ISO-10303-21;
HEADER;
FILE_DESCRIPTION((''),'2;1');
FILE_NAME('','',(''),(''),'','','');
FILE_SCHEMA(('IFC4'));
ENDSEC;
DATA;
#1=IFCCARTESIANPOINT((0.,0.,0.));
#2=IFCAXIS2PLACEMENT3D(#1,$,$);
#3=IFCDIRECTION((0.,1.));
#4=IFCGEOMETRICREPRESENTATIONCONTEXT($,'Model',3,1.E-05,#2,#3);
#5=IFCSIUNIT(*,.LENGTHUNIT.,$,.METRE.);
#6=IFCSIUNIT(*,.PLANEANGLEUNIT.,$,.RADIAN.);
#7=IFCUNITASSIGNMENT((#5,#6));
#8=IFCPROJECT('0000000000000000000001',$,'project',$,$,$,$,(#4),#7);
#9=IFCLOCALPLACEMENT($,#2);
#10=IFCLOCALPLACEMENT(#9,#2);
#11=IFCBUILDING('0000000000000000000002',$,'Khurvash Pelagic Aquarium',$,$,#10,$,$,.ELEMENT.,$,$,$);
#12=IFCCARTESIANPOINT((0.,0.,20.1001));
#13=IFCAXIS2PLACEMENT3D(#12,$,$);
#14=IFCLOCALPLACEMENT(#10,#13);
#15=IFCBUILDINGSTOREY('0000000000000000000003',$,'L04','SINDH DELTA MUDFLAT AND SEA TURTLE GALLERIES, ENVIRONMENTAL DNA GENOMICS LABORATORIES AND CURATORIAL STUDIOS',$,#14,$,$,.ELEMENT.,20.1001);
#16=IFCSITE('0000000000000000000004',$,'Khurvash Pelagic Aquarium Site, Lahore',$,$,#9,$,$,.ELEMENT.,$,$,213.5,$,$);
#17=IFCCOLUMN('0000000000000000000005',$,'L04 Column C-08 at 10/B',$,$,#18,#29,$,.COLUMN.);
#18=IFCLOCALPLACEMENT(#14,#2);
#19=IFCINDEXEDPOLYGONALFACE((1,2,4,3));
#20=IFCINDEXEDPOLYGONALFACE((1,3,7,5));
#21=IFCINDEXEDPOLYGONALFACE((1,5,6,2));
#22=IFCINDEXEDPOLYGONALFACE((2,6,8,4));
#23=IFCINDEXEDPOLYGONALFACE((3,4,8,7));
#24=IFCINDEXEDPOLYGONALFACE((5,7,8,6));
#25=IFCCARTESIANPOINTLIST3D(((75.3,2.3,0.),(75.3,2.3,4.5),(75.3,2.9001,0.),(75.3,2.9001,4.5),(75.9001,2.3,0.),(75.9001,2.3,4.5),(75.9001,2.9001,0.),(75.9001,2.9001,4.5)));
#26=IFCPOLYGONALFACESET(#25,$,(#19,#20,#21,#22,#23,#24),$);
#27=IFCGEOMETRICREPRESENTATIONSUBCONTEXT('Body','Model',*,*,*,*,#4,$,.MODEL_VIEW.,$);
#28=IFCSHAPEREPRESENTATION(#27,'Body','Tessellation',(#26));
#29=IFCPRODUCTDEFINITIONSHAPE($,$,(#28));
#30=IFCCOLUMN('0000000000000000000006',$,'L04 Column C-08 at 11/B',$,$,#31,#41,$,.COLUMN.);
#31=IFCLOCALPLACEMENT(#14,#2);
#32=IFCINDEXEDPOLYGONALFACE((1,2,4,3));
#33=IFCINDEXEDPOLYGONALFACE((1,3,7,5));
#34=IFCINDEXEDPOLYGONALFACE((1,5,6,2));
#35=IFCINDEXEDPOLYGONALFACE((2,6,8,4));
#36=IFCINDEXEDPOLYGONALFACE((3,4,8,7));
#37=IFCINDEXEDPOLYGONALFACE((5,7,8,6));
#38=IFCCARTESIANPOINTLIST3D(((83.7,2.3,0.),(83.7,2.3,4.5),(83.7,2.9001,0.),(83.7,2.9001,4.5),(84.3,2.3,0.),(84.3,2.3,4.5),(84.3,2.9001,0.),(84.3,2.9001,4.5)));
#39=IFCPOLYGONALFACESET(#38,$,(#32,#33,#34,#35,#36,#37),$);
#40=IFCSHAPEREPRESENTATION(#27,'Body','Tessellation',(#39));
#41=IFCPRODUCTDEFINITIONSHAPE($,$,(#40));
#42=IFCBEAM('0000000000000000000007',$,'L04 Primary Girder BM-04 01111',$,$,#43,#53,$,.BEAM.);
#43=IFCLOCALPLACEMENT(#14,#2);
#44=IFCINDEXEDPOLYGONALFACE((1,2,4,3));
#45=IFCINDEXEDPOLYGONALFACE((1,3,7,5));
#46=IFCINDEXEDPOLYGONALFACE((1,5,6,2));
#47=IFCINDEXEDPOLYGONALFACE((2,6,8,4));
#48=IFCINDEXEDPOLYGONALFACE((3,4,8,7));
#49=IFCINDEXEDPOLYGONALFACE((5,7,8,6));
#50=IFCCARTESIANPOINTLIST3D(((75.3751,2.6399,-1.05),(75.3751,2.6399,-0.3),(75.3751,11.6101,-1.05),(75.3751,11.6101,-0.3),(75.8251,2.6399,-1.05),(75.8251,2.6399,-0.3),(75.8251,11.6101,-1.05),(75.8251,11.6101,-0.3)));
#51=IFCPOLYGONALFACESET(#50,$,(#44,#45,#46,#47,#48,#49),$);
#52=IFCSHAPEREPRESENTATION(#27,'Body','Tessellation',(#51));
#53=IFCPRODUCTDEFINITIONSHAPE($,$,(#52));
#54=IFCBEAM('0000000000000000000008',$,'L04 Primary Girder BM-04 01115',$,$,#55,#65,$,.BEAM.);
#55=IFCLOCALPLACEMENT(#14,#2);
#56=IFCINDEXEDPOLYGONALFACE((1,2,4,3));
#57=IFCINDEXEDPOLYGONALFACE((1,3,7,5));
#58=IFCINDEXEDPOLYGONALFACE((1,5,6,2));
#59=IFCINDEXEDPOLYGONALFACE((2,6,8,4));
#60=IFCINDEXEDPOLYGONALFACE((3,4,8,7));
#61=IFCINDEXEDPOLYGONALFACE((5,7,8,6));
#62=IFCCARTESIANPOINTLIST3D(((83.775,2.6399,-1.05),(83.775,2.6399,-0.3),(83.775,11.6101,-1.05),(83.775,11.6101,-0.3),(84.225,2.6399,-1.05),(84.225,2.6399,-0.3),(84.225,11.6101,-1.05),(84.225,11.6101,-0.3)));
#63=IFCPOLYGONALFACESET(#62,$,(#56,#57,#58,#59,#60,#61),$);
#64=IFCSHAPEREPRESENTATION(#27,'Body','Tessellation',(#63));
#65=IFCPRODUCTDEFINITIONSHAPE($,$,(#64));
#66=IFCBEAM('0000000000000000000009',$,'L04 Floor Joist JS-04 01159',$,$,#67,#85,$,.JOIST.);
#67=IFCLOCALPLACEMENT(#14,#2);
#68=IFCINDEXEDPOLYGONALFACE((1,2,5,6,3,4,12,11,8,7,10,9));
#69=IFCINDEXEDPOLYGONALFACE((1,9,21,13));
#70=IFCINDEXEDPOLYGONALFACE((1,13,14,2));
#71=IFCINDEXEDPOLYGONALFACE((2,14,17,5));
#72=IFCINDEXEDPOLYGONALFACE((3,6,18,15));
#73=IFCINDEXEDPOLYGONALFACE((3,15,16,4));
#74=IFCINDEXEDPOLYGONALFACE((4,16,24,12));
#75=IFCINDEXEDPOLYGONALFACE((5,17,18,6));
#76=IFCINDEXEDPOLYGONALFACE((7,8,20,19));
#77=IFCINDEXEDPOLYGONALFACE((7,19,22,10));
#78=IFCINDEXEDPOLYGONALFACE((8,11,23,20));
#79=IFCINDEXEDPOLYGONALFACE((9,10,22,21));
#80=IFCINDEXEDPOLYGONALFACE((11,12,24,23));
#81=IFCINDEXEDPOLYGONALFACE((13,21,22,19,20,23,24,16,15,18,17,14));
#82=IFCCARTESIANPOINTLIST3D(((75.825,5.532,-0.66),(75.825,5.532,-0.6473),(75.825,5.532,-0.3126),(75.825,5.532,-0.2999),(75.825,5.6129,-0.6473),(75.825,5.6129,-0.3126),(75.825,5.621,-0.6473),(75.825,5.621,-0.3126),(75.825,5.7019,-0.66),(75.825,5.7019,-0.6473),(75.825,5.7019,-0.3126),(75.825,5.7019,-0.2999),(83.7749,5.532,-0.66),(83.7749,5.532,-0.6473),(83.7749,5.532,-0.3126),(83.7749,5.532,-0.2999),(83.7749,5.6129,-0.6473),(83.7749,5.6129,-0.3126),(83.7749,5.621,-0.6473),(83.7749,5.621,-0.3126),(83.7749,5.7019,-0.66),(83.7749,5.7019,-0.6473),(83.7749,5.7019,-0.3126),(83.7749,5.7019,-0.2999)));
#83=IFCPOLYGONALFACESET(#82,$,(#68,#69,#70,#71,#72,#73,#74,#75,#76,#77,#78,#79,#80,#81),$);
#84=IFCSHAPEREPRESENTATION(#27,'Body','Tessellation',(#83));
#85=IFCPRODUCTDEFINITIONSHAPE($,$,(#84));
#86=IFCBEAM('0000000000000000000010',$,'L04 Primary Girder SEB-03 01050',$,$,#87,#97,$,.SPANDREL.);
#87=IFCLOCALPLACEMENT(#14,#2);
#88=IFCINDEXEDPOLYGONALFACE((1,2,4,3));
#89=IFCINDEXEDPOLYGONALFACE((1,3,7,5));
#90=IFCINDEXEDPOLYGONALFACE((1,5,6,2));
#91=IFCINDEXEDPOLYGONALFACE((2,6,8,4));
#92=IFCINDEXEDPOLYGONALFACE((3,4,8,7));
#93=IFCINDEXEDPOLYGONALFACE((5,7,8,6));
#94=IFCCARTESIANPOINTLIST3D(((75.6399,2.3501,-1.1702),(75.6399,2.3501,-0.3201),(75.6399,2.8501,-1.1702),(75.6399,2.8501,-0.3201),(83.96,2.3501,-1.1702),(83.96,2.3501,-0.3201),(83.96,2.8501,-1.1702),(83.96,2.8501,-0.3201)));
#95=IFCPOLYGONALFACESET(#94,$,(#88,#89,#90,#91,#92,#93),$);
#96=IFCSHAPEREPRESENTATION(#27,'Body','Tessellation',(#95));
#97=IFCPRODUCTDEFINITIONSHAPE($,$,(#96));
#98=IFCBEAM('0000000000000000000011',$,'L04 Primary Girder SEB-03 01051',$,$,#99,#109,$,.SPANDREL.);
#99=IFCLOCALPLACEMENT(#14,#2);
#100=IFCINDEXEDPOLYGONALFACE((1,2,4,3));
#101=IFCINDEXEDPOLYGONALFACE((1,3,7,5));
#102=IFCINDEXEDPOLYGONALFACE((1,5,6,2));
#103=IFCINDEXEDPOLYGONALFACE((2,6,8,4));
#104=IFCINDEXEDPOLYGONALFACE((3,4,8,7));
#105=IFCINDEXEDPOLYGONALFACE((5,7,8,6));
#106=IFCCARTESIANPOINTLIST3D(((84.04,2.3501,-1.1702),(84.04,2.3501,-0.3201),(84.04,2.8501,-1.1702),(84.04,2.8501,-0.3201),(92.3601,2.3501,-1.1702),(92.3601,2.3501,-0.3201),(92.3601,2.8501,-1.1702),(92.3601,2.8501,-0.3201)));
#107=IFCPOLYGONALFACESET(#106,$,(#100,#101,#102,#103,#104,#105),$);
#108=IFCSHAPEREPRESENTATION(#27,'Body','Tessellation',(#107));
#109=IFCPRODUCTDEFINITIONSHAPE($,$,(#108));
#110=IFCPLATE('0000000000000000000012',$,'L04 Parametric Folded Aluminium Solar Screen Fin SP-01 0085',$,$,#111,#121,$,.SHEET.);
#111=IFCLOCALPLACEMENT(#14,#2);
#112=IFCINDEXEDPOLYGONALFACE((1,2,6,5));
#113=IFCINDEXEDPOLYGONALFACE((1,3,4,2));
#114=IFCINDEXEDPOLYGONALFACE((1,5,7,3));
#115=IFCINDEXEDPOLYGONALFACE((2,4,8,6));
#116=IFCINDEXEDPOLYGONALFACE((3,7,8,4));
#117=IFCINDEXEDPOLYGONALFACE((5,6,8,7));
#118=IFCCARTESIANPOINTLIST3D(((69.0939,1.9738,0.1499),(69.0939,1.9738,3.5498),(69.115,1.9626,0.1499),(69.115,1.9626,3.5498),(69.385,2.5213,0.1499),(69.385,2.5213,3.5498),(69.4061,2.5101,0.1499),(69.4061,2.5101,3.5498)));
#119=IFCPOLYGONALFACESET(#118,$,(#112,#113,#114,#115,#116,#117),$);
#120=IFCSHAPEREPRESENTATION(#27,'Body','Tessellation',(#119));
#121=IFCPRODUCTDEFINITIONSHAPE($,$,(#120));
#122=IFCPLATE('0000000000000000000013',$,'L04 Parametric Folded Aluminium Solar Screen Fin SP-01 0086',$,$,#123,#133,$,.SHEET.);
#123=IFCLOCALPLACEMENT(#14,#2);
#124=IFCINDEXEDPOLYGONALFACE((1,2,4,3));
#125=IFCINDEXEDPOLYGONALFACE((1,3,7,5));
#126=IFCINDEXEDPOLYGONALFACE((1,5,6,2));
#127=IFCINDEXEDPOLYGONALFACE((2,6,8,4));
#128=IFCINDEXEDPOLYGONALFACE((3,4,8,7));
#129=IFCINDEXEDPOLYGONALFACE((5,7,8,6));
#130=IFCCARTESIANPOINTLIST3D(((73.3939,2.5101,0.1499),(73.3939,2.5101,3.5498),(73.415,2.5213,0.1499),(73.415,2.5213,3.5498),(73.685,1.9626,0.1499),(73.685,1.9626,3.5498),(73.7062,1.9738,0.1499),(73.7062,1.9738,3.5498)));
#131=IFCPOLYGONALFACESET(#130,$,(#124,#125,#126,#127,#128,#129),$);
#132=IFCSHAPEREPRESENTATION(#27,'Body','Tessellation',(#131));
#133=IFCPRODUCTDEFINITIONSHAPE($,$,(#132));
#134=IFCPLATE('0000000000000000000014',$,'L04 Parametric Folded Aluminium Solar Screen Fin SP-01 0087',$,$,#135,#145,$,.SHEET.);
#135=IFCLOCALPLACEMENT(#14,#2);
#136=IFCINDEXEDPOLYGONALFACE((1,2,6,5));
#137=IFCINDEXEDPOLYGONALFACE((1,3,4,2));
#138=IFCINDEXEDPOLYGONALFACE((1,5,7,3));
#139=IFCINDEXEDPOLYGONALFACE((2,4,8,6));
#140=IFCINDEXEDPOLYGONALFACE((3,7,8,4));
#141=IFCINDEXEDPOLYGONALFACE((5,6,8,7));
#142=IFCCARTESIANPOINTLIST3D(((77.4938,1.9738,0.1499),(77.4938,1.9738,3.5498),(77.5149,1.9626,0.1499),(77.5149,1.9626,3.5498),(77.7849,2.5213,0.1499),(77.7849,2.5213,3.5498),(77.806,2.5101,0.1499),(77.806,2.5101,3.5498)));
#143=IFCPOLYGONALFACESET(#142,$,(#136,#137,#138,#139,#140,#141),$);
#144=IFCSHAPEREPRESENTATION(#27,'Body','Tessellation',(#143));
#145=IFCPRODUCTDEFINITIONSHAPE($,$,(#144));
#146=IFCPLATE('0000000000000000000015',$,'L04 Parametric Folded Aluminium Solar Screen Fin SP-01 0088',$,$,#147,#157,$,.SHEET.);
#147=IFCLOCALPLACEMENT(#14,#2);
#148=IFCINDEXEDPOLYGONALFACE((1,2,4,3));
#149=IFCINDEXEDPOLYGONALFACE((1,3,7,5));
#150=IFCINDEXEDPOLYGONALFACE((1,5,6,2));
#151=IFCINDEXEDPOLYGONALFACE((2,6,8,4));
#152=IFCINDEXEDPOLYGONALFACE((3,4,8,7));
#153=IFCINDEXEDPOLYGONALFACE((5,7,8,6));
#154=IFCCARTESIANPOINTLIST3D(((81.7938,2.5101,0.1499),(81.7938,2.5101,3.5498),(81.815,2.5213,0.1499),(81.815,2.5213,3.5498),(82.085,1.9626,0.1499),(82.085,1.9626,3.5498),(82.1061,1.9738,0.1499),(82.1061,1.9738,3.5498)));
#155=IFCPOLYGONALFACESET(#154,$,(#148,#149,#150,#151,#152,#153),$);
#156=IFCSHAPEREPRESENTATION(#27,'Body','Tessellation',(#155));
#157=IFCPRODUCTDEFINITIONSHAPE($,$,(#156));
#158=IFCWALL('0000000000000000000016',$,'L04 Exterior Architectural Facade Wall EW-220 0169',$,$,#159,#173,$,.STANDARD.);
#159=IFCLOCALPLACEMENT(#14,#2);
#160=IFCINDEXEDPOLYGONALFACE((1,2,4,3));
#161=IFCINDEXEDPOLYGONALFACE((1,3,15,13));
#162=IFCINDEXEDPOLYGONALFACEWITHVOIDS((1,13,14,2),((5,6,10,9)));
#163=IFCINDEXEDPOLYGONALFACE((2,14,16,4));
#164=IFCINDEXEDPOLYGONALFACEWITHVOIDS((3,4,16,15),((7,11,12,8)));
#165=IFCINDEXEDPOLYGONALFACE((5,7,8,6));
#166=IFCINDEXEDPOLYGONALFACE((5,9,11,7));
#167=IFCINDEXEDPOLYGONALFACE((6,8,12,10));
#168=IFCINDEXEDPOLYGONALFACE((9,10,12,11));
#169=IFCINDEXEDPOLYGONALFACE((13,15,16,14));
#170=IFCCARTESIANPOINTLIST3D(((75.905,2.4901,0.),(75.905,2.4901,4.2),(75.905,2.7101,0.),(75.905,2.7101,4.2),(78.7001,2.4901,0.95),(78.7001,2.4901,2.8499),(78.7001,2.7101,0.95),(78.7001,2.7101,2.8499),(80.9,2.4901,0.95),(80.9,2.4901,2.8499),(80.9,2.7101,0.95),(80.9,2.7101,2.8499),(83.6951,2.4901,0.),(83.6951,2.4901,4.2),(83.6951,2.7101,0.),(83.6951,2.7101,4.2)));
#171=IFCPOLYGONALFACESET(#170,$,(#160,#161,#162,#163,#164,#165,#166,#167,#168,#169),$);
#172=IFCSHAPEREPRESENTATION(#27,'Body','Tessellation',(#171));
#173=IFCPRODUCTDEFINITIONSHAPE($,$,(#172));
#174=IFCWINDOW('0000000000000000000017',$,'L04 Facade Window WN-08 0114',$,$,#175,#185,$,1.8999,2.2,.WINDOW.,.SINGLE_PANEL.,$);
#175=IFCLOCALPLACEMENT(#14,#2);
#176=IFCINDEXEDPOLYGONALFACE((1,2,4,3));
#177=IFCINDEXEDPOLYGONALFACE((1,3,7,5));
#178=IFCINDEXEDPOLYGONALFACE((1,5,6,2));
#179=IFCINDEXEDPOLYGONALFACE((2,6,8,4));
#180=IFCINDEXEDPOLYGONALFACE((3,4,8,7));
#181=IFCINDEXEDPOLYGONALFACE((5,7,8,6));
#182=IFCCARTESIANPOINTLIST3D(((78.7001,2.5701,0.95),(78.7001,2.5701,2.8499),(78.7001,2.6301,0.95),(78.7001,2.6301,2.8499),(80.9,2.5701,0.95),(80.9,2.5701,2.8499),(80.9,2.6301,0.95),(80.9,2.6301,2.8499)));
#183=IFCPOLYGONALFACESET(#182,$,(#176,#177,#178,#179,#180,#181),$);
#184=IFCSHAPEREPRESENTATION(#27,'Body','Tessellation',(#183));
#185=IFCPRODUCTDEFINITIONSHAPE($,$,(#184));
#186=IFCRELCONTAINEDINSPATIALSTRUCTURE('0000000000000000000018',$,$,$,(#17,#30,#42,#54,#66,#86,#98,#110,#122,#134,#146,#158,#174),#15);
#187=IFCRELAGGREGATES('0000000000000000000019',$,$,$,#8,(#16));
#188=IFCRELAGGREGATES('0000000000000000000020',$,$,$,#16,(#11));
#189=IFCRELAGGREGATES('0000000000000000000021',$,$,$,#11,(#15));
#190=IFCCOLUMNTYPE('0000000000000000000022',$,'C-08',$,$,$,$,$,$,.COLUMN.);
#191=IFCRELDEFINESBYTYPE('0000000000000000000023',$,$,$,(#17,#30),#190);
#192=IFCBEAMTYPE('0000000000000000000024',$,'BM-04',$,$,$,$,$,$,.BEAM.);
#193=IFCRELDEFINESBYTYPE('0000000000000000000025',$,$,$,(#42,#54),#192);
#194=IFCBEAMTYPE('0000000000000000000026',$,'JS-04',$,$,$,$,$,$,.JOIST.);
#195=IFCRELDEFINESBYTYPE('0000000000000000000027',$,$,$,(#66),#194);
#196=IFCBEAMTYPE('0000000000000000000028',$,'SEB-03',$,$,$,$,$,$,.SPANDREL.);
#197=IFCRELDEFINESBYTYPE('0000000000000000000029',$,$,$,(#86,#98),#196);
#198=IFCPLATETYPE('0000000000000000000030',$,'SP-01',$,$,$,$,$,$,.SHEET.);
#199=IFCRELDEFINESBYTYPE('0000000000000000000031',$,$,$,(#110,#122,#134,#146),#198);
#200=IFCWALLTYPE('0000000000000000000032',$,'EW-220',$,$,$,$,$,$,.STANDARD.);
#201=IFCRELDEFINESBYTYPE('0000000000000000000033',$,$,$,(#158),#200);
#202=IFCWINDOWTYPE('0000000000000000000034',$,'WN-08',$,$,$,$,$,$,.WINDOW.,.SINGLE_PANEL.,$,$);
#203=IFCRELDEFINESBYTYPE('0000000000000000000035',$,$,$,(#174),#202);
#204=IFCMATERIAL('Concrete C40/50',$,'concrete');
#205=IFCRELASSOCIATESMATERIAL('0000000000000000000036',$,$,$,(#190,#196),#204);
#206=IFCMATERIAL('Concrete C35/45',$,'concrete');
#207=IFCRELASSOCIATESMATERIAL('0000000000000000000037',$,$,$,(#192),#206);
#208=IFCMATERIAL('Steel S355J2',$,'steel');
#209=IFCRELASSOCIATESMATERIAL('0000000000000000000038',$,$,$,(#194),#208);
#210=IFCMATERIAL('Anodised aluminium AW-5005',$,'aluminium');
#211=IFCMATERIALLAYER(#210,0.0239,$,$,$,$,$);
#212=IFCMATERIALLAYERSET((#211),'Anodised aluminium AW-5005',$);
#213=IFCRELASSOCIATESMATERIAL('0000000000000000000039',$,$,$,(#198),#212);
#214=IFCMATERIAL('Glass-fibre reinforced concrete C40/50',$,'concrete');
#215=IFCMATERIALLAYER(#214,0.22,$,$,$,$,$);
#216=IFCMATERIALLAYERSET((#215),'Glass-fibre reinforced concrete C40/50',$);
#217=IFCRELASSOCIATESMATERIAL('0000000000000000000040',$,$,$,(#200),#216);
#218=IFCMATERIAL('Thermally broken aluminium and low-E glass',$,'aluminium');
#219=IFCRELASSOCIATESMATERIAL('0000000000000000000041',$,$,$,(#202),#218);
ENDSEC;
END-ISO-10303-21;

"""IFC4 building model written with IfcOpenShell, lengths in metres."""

from ifc_helpers import new_model, si_unit, direction, frame, frame_2d, origin, origin_2d, place, context, subcontext, project, spatial, rectangle, i_section, extrude, material, layer, layer_set, material_profile, profile_set, type_object, element, fill, save


model = new_model("IFC4")

# Units and contexts
model_context = context("Model", 3, precision=1e-05, world=origin(), true_north=direction((0.0, 1.0)))
body_context = subcontext(model_context, "Body", "Model", "MODEL_VIEW")
ifc_project = project(units=[si_unit("LENGTHUNIT", "METRE"), si_unit("PLANEANGLEUNIT", "RADIAN")], contexts=[model_context])

# Site, building, storey
site_placement = place(None, origin())
site = spatial("IfcSite", under=ifc_project, at=site_placement, Name="Khurvash Pelagic Aquarium Site, Lahore", CompositionType="ELEMENT", RefElevation=213.5)
building_placement = place(site_placement, origin())
building = spatial("IfcBuilding", under=site, at=building_placement, Name="Khurvash Pelagic Aquarium", CompositionType="ELEMENT")
storey_placement = place(building_placement, frame((0.0, 0.0, 20.1001)))
storey = spatial("IfcBuildingStorey", under=building, at=storey_placement, Name="L04", Description="SINDH DELTA MUDFLAT AND SEA TURTLE GALLERIES, ENVIRONMENTAL DNA GENOMICS LABORATORIES AND CURATORIAL STUDIOS", CompositionType="ELEMENT", Elevation=20.1001)

# Columns
ifc_material_1 = material(Name="Concrete C40/50", Category="concrete")
ifc_material_profile_1 = material_profile(ifc_material_1, rectangle(XDim=0.6001, YDim=0.6001, at=origin_2d()), Name="RC600X600")
ifc_profile_set_1 = profile_set([ifc_material_profile_1], Name="Concrete C40/50")
column_type = type_object("IfcColumnType", Name="C-08", PredefinedType="COLUMN", material=ifc_profile_set_1)
for number, where, z_axis, x_axis, name in (
    (1, (75.6001, 2.6001, 0.0), (0.0, 0.0, 1.0), (1.0, 0.0, 0.0), "L04 Column C-08 at 10/B"),
    (2, (84.0, 2.6001, 0.0), (0.0, 0.0, 1.0), (1.0, 0.0, 0.0), "L04 Column C-08 at 11/B"),
):
    element("IfcColumn", number, at=place(storey_placement, frame(where, z_axis=z_axis, x_axis=x_axis)), inside=storey, type_object=column_type, Name=name, PredefinedType="COLUMN", context=body_context, shape_type="SweptSolid", body=[
        extrude(rectangle(XDim=0.6001, YDim=0.6001, at=origin_2d()), origin(), (0.0, 0.0, 1.0), 4.5),
    ])

# Beams
ifc_material_2 = material(Name="Concrete C35/45", Category="concrete")
ifc_material_profile_2 = material_profile(ifc_material_2, rectangle(XDim=0.45, YDim=0.75, at=origin_2d()), Name="RC450X750")
ifc_profile_set_2 = profile_set([ifc_material_profile_2], Name="Concrete C35/45")
beam_type_1 = type_object("IfcBeamType", Name="BM-04", PredefinedType="BEAM", material=ifc_profile_set_2)
for number, where, z_axis, x_axis, name in (
    (3, (75.6001, 2.6399, -0.675), (0.0, 1.0, 0.0), (-1.0, 0.0, 0.0), "L04 Primary Girder BM-04 01111"),
    (4, (84.0, 2.6399, -0.675), (0.0, 1.0, 0.0), (-1.0, 0.0, 0.0), "L04 Primary Girder BM-04 01115"),
):
    element("IfcBeam", number, at=place(storey_placement, frame(where, z_axis=z_axis, x_axis=x_axis)), inside=storey, type_object=beam_type_1, Name=name, PredefinedType="BEAM", context=body_context, shape_type="SweptSolid", body=[
        extrude(rectangle(XDim=0.45, YDim=0.75, at=origin_2d()), origin(), (0.0, 0.0, 1.0), 8.9702),
    ])
ifc_material_3 = material(Name="Steel S355J2", Category="steel")
ifc_material_profile_3 = material_profile(ifc_material_3, i_section(OverallWidth=0.1699, OverallDepth=0.3601, WebThickness=0.0081, FlangeThickness=0.0127, at=origin_2d()), Name="IPE360")
ifc_profile_set_3 = profile_set([ifc_material_profile_3], Name="Steel S355J2")
beam_type_2 = type_object("IfcBeamType", Name="JS-04", PredefinedType="JOIST", material=ifc_profile_set_3)
beam_placement = place(storey_placement, frame((75.825, 5.6169, -0.48), z_axis=(1.0, 0.0, 0.0), x_axis=(0.0, 1.0, 0.0)))
element("IfcBeam", 5, at=beam_placement, inside=storey, type_object=beam_type_2, Name="L04 Floor Joist JS-04 01159", PredefinedType="JOIST", context=body_context, shape_type="SweptSolid", body=[
    extrude(i_section(OverallWidth=0.1699, OverallDepth=0.3601, WebThickness=0.0081, FlangeThickness=0.0127, at=origin_2d()), origin(), (0.0, 0.0, 1.0), 7.95),
])
ifc_material_profile_4 = material_profile(ifc_material_1, rectangle(XDim=0.5, YDim=0.8501, at=origin_2d()), Name="RC500X850")
ifc_profile_set_4 = profile_set([ifc_material_profile_4], Name="Concrete C40/50")
beam_type_3 = type_object("IfcBeamType", Name="SEB-03", PredefinedType="SPANDREL", material=ifc_profile_set_4)
for number, where, z_axis, x_axis, name in (
    (6, (75.6399, 2.6001, -0.7451), (1.0, 0.0, 0.0), (0.0, 1.0, 0.0), "L04 Primary Girder SEB-03 01050"),
    (7, (84.04, 2.6001, -0.7451), (1.0, 0.0, 0.0), (0.0, 1.0, 0.0), "L04 Primary Girder SEB-03 01051"),
):
    element("IfcBeam", number, at=place(storey_placement, frame(where, z_axis=z_axis, x_axis=x_axis)), inside=storey, type_object=beam_type_3, Name=name, PredefinedType="SPANDREL", context=body_context, shape_type="SweptSolid", body=[
        extrude(rectangle(XDim=0.5, YDim=0.8501, at=origin_2d()), origin(), (0.0, 0.0, 1.0), 8.3201),
    ])

# Plates
ifc_material_4 = material(Name="Anodised aluminium AW-5005", Category="aluminium")
ifc_layer_1 = layer(ifc_material_4, 0.0239)
ifc_layer_set_1 = layer_set([ifc_layer_1], Name="Anodised aluminium AW-5005")
plate_type = type_object("IfcPlateType", Name="SP-01", PredefinedType="SHEET", material=ifc_layer_set_1)
for number, where, z_axis, x_axis, name in (
    (8, (69.25, 2.2419, 0.1499), (0.0, 0.0, 1.0), (-0.469472, -0.882948, 0.0), "L04 Parametric Folded Aluminium Solar Screen Fin SP-01 0085"),
    (9, (73.55, 2.2419, 0.1499), (0.0, 0.0, 1.0), (0.469472, -0.882948, 0.0), "L04 Parametric Folded Aluminium Solar Screen Fin SP-01 0086"),
    (10, (77.6499, 2.2419, 0.1499), (0.0, 0.0, 1.0), (-0.469472, -0.882948, 0.0), "L04 Parametric Folded Aluminium Solar Screen Fin SP-01 0087"),
    (11, (81.95, 2.2419, 0.1499), (0.0, 0.0, 1.0), (0.469472, -0.882948, 0.0), "L04 Parametric Folded Aluminium Solar Screen Fin SP-01 0088"),
):
    element("IfcPlate", number, at=place(storey_placement, frame(where, z_axis=z_axis, x_axis=x_axis)), inside=storey, type_object=plate_type, Name=name, PredefinedType="SHEET", context=body_context, shape_type="SweptSolid", body=[
        extrude(rectangle(XDim=0.6201, YDim=0.0239, at=origin_2d()), origin(), (0.0, 0.0, 1.0), 3.3999),
    ])

# Wall, opening, window
ifc_material_5 = material(Name="Glass-fibre reinforced concrete C40/50", Category="concrete")
ifc_layer_2 = layer(ifc_material_5, 0.22)
ifc_layer_set_2 = layer_set([ifc_layer_2], Name="Glass-fibre reinforced concrete C40/50")
wall_type = type_object("IfcWallType", Name="EW-220", PredefinedType="STANDARD", material=ifc_layer_set_2)
wall_placement = place(storey_placement, frame((75.905, 2.6001, 0.0), z_axis=(0.0, 0.0, 1.0), x_axis=(1.0, 0.0, 0.0)))
wall = element("IfcWall", 12, at=wall_placement, inside=storey, type_object=wall_type, Name="L04 Exterior Architectural Facade Wall EW-220 0169", PredefinedType="STANDARD", context=body_context, shape_type="SweptSolid", body=[
    extrude(rectangle(XDim=7.79, YDim=0.22, at=frame_2d((3.895, 0.0))), origin(), (0.0, 0.0, 1.0), 4.2),
])
opening_placement = place(wall_placement, frame((2.7949, 0.0, 0.95)))
opening = element("IfcOpeningElement", 13, at=opening_placement, cuts=wall, PredefinedType="OPENING", context=body_context, shape_type="SweptSolid", body=[
    extrude(rectangle(XDim=2.2, YDim=1.8999, at=frame_2d((1.1001, 0.95))), frame((0.0, 0.1201, 0.0), z_axis=(0.0, -1.0, 0.0), x_axis=(1.0, 0.0, 0.0)), (0.0, 0.0, 1.0), 0.24),
])
ifc_material_6 = material(Name="Thermally broken aluminium and low-E glass", Category="aluminium")
window_type = type_object("IfcWindowType", Name="WN-08", PartitioningType="SINGLE_PANEL", PredefinedType="WINDOW", material=ifc_material_6)
window_placement = place(opening_placement, origin())
window = element("IfcWindow", 14, at=window_placement, inside=storey, type_object=window_type, Name="L04 Facade Window WN-08 0114", OverallHeight=1.8999, OverallWidth=2.2, PartitioningType="SINGLE_PANEL", PredefinedType="WINDOW", context=body_context, shape_type="SweptSolid", body=[
    extrude(rectangle(XDim=2.2, YDim=1.8999, at=frame_2d((1.1001, 0.95))), frame((0.0, 0.03, 0.0), z_axis=(0.0, -1.0, 0.0), x_axis=(1.0, 0.0, 0.0)), (0.0, 0.0, 1.0), 0.0601),
])
fill(opening, window)

save(model, "model.ifc")
